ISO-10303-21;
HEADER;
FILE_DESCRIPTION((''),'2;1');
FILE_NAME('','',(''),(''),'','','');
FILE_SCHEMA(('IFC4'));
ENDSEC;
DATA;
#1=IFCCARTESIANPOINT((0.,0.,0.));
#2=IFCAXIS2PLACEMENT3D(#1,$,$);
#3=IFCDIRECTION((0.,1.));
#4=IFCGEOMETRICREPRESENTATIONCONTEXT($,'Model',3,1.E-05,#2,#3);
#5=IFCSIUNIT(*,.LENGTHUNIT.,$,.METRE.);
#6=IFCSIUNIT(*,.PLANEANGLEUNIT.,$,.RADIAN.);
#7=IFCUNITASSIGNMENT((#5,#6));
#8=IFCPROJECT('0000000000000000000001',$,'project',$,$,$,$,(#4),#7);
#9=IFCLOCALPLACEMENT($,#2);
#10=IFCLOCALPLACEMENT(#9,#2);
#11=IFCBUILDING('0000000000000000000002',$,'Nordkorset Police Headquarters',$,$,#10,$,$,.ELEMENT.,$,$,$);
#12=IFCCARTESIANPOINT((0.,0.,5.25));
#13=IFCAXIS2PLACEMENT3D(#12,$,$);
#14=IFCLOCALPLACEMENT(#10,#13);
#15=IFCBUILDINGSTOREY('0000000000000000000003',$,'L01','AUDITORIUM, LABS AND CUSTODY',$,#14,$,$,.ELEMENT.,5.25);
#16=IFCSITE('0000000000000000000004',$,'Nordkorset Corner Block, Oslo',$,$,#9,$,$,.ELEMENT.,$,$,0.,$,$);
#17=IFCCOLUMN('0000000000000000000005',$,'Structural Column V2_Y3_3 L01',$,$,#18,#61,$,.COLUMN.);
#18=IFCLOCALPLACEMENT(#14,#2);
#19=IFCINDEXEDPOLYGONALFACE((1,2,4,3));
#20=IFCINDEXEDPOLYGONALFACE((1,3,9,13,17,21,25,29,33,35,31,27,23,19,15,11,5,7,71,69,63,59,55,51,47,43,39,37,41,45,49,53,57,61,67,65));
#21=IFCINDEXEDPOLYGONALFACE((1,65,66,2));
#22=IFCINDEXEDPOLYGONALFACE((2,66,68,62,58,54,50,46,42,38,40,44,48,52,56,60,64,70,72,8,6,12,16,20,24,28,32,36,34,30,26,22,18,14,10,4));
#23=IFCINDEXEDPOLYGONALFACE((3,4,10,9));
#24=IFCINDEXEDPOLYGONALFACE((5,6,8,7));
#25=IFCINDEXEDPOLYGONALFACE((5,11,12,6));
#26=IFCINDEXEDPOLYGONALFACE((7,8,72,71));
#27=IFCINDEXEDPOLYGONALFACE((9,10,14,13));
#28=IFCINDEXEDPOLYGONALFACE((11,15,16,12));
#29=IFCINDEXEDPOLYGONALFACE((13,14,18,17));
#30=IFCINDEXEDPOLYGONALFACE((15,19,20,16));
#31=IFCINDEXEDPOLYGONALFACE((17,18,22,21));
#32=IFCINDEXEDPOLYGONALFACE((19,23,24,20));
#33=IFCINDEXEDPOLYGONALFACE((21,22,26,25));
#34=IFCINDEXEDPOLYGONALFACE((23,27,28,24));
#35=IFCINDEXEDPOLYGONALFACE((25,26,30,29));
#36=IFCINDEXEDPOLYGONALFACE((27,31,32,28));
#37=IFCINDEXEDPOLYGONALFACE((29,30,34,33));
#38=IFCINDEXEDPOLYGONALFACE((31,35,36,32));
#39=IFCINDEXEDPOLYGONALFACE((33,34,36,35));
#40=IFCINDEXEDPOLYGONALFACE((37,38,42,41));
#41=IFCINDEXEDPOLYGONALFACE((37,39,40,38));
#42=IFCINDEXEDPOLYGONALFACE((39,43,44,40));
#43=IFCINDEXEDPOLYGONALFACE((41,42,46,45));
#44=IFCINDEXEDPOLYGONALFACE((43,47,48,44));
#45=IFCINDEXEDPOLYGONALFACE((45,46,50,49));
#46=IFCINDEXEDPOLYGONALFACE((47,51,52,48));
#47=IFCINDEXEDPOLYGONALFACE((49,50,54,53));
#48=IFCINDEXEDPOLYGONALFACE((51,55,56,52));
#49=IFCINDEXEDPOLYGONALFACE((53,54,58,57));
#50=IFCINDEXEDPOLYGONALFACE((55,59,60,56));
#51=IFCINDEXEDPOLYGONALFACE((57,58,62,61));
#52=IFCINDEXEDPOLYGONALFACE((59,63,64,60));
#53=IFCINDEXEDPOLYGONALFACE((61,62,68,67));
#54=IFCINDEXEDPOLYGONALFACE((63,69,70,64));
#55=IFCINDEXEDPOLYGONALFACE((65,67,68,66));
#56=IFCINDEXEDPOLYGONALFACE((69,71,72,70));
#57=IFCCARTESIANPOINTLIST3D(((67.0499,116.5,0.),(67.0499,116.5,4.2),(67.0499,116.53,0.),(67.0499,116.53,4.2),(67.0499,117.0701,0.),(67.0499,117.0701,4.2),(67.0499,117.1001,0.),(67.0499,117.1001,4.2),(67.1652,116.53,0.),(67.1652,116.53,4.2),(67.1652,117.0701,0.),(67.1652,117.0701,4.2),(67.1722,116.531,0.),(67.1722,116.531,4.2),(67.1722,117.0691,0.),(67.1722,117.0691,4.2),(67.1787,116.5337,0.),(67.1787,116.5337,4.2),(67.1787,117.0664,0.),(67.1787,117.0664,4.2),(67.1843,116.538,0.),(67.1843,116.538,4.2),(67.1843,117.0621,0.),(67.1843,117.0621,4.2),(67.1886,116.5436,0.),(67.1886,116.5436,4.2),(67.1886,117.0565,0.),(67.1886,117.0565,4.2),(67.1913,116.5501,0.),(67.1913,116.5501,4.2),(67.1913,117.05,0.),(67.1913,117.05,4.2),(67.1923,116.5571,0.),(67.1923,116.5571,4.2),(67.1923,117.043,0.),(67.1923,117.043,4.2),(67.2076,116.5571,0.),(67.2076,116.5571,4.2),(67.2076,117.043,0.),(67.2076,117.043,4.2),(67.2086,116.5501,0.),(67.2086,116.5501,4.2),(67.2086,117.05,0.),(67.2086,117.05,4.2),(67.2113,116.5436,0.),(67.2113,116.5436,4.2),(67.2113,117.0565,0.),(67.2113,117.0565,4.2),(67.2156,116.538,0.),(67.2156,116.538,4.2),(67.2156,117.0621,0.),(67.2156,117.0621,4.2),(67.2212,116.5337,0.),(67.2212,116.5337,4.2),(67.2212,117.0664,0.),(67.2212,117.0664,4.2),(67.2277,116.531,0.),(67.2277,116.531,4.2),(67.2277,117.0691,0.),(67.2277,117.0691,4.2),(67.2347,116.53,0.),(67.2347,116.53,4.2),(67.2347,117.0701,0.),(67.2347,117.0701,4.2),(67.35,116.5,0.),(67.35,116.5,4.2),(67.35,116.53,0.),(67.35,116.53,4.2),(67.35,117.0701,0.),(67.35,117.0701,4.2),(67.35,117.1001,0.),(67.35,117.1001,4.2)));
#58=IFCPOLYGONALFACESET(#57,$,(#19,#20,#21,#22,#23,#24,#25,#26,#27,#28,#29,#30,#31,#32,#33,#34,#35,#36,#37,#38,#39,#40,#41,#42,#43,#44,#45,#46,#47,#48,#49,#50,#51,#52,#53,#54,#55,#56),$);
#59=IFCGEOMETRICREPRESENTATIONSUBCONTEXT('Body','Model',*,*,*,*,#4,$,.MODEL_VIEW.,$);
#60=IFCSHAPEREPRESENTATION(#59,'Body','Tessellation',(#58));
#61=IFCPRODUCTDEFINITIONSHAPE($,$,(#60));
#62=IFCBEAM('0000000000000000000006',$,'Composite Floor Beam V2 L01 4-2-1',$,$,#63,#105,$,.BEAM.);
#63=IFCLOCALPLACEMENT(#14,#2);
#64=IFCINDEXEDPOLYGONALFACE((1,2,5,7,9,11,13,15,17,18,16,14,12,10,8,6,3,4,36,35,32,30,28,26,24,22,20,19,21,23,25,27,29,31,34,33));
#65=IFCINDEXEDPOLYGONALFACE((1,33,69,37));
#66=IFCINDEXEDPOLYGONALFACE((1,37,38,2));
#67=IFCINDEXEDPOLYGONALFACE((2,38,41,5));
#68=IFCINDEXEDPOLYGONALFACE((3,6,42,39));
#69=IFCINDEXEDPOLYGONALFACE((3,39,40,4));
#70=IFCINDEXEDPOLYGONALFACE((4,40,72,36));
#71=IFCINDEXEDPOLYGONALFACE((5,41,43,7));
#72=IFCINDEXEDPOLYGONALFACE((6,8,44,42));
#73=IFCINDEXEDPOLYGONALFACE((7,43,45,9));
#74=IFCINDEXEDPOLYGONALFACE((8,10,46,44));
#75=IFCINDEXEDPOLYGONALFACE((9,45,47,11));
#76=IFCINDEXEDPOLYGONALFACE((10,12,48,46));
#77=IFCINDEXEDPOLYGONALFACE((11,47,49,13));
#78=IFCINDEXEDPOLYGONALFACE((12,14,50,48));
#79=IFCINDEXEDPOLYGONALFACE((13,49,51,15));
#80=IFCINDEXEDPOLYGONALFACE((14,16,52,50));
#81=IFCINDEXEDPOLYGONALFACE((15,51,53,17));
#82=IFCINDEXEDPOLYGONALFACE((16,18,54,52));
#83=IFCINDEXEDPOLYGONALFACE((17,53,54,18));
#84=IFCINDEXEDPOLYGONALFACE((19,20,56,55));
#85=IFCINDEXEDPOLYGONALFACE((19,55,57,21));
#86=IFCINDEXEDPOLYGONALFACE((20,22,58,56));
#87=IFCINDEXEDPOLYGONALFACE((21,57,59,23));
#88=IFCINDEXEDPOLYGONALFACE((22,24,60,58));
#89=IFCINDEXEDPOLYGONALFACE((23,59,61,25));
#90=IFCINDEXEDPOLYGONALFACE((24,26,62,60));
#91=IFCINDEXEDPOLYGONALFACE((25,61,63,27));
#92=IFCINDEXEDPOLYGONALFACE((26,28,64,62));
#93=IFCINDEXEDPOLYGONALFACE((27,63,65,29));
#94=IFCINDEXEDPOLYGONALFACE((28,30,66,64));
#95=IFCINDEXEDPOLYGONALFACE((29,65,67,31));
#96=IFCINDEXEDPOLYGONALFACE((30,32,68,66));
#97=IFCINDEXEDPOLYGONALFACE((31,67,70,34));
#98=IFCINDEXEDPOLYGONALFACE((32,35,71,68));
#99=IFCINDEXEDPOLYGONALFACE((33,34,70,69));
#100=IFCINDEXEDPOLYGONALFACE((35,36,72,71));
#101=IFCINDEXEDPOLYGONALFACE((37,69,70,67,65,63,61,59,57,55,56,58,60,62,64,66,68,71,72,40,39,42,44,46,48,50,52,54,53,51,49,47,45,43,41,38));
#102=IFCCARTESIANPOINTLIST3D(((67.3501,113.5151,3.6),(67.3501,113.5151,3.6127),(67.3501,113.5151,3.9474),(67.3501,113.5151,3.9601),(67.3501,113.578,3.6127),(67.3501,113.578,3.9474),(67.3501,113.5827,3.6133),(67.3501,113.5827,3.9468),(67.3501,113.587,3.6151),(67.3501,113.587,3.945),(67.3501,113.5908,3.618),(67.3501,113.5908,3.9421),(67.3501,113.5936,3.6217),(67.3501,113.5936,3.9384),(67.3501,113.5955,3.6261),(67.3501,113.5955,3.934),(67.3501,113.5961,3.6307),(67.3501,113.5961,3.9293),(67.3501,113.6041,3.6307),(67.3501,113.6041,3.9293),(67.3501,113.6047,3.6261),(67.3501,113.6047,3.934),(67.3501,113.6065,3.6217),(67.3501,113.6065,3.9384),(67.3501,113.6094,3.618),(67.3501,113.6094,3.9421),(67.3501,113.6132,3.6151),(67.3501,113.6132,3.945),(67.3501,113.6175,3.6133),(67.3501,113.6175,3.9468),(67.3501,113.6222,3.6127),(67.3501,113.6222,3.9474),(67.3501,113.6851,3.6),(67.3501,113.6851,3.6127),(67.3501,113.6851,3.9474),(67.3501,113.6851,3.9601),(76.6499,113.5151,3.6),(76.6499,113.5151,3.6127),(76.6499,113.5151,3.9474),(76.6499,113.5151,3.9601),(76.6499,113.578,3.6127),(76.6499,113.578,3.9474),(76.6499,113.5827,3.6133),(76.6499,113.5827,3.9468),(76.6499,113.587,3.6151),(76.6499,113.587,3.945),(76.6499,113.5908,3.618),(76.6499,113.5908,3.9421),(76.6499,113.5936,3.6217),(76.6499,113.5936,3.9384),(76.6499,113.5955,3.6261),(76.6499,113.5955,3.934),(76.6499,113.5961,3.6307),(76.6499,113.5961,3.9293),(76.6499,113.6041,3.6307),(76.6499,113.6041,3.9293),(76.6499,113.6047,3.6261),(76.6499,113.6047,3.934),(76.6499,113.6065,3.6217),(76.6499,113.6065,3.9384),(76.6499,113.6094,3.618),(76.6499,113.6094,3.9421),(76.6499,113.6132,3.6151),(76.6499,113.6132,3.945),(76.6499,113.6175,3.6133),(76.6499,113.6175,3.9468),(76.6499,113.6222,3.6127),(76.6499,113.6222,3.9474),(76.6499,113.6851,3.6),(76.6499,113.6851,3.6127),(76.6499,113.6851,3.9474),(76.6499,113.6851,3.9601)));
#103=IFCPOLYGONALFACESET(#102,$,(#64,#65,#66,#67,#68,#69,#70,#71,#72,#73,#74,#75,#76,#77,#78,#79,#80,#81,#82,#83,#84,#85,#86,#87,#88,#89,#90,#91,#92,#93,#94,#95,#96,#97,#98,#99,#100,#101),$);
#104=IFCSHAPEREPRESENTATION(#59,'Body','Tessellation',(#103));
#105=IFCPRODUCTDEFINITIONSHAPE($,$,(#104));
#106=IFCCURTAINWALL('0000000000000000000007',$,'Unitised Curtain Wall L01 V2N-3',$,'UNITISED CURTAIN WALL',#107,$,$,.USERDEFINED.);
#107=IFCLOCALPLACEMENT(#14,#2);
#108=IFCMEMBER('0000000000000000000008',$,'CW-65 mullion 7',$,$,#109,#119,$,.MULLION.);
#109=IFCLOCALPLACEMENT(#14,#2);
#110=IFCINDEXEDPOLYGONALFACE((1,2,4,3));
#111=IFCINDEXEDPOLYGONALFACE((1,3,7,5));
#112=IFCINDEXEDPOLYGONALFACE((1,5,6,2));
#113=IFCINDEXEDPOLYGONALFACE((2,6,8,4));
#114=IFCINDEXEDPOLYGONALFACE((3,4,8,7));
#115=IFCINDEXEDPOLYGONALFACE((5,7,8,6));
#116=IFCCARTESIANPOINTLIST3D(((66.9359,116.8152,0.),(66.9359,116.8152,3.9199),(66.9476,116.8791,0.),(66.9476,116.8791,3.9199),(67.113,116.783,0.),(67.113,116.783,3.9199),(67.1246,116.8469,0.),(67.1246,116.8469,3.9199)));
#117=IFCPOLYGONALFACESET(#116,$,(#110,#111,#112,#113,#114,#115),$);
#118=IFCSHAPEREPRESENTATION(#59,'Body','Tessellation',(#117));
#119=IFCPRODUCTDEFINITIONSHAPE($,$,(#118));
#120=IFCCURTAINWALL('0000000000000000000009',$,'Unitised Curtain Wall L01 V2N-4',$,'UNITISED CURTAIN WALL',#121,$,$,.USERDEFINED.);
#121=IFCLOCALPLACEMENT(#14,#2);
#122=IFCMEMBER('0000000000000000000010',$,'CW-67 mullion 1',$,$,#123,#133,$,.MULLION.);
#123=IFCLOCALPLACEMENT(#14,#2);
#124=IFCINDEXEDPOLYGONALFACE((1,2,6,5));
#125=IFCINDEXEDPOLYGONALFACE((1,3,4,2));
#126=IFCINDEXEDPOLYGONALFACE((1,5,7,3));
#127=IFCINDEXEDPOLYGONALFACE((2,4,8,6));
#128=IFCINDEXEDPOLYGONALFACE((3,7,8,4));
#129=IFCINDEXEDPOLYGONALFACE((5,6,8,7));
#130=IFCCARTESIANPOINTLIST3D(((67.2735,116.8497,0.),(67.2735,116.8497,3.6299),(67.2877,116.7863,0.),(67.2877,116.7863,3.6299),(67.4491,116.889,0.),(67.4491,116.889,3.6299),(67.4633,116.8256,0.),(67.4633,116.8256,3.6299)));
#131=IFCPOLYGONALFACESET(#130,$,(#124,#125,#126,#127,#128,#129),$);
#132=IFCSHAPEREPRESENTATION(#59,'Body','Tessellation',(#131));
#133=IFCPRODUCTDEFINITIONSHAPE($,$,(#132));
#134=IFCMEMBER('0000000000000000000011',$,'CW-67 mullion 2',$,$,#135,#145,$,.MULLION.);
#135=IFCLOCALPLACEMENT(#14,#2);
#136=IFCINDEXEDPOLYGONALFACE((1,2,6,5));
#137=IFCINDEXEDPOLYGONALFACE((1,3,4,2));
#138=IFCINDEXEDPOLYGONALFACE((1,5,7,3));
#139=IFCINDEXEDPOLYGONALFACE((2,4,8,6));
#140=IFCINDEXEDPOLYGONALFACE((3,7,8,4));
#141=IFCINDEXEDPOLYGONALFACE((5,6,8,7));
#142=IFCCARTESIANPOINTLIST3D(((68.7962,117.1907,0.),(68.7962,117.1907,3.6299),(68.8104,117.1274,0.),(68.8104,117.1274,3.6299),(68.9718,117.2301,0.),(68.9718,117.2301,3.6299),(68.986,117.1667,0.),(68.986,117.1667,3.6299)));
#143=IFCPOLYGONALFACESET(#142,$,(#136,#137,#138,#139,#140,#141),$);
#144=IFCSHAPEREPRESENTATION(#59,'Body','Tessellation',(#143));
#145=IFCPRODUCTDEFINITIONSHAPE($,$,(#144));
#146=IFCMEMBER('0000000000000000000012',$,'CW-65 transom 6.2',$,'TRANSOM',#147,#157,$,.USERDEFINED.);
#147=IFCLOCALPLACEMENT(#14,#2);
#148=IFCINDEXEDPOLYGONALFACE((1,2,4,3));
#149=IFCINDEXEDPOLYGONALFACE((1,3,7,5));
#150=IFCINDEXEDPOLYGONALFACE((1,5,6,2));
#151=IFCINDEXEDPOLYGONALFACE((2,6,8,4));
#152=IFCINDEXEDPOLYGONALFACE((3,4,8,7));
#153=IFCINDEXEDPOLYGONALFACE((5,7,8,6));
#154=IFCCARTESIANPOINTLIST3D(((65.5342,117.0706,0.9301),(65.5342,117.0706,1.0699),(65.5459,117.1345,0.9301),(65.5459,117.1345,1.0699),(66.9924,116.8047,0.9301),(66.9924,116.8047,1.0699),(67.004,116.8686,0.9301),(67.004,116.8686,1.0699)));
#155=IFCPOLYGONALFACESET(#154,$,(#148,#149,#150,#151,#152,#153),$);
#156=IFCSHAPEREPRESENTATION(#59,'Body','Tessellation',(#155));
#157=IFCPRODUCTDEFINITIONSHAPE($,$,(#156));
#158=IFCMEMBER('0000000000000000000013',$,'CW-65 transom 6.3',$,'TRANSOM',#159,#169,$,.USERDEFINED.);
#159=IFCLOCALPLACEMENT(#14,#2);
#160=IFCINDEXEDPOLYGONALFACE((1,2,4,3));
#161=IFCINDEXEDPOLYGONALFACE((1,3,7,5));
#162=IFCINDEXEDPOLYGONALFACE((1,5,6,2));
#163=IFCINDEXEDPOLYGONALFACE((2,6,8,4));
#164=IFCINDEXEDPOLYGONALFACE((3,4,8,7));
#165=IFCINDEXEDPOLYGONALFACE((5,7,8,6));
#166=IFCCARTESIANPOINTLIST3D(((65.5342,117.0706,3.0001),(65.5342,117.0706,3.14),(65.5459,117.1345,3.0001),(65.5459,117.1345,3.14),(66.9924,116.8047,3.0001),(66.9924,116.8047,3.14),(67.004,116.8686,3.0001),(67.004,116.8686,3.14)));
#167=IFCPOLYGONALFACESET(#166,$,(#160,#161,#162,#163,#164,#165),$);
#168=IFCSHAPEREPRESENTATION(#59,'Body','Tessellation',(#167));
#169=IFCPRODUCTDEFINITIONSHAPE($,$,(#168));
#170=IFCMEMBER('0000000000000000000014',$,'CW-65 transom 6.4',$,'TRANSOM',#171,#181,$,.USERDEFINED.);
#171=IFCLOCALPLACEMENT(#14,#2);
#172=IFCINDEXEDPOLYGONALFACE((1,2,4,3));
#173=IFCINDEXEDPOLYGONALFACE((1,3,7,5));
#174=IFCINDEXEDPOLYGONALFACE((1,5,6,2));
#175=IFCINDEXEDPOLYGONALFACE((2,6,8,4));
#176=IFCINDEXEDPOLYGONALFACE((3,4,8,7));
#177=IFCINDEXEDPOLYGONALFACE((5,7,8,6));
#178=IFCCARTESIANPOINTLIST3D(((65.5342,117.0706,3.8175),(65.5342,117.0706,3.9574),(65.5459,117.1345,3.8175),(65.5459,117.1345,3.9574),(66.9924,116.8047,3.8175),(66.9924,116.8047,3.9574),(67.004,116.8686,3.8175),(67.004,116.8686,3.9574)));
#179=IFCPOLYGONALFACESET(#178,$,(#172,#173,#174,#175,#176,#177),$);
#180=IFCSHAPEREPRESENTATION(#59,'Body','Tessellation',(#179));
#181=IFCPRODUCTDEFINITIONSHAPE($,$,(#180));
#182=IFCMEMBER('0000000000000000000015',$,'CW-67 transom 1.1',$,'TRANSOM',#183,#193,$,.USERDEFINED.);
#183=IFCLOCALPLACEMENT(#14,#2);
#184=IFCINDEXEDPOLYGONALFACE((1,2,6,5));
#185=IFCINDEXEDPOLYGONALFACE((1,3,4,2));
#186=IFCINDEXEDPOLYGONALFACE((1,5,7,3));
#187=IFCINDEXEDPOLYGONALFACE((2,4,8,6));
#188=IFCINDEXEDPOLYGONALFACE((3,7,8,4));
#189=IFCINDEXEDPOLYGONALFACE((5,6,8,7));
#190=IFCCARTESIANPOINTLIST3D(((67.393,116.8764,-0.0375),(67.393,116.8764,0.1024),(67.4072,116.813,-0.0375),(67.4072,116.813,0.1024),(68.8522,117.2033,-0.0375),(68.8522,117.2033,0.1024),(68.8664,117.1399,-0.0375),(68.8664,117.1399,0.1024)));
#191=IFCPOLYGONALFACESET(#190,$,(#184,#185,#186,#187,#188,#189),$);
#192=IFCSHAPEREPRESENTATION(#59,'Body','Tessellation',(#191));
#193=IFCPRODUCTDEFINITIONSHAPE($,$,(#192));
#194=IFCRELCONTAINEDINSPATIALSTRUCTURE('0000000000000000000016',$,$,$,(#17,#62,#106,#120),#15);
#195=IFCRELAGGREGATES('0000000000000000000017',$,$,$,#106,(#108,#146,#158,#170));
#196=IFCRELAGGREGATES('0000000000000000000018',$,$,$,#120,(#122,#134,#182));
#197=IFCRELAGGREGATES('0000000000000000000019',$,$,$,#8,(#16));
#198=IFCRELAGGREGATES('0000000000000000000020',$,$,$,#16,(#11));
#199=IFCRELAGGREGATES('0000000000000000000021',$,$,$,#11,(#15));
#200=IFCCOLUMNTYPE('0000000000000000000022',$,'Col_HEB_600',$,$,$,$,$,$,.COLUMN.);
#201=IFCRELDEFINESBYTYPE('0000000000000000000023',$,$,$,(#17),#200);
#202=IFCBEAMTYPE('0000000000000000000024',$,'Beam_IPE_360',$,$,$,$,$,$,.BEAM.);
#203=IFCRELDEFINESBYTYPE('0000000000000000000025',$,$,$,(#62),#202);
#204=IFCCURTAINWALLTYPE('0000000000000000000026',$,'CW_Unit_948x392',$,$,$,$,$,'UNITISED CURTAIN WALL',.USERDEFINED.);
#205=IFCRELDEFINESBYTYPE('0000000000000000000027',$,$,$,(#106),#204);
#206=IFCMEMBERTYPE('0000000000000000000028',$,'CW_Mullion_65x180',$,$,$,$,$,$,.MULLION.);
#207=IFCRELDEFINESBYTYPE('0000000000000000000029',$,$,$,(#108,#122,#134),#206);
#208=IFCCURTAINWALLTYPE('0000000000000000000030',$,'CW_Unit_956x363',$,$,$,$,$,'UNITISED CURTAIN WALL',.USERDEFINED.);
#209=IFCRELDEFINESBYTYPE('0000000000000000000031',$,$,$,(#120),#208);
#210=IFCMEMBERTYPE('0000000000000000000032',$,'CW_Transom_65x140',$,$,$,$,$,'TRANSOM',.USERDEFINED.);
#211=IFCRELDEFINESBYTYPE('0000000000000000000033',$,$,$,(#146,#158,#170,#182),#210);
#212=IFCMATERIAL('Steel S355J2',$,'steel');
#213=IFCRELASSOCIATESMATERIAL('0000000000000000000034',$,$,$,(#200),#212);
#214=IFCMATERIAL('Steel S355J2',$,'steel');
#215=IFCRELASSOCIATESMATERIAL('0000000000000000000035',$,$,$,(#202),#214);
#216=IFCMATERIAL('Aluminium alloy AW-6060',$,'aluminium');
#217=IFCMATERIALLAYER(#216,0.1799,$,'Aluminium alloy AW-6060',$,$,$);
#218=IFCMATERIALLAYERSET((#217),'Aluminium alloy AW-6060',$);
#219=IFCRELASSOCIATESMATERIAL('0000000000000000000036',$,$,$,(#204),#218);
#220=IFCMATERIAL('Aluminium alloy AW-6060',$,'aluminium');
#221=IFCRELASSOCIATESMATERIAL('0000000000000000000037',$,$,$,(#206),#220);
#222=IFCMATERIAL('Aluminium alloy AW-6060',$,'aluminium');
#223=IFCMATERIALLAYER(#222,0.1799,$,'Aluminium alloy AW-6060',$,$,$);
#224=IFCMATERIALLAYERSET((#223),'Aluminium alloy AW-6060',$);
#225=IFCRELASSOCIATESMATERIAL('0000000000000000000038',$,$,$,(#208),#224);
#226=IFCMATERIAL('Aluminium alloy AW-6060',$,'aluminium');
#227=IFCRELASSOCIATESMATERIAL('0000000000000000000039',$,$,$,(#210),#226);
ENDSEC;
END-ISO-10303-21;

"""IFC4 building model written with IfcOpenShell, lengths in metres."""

from ifc_helpers import new_model, si_unit, direction, frame, origin, origin_2d, place, context, subcontext, project, spatial, rectangle, i_section, extrude, material, layer, layer_set, material_profile, profile_set, type_object, element, aggregate, save


model = new_model("IFC4")

# Units and contexts
model_context = context("Model", 3, precision=1e-05, world=origin(), true_north=direction((0.0, 1.0)))
body_context = subcontext(model_context, "Body", "Model", "MODEL_VIEW")
ifc_project = project(units=[si_unit("LENGTHUNIT", "METRE"), si_unit("PLANEANGLEUNIT", "RADIAN")], contexts=[model_context])

# Site, building, storey
site_placement = place(None, origin())
site = spatial("IfcSite", under=ifc_project, at=site_placement, Name="Nordkorset Corner Block, Oslo", CompositionType="ELEMENT", RefElevation=0.0)
building_placement = place(site_placement, origin())
building = spatial("IfcBuilding", under=site, at=building_placement, Name="Nordkorset Police Headquarters", CompositionType="ELEMENT")
storey_placement = place(building_placement, frame((0.0, 0.0, 5.25)))
storey = spatial("IfcBuildingStorey", under=building, at=storey_placement, Name="L01", Description="AUDITORIUM, LABS AND CUSTODY", CompositionType="ELEMENT", Elevation=5.25)

# Column
ifc_material_1 = material(Name="Steel S355J2", Category="steel")
ifc_material_profile_1 = material_profile(ifc_material_1, i_section(OverallWidth=0.3, OverallDepth=0.6001, WebThickness=0.0154, FlangeThickness=0.03, FilletRadius=0.0271, at=origin_2d()), Name="HEB 600")
ifc_profile_set_1 = profile_set([ifc_material_profile_1], Name="Steel S355J2")
column_type = type_object("IfcColumnType", Name="Col_HEB_600", PredefinedType="COLUMN", material=ifc_profile_set_1)
column_placement = place(storey_placement, frame((67.2, 116.8, 0.0), z_axis=(0.0, 0.0, 1.0), x_axis=(1.0, 0.0, 0.0)))
element("IfcColumn", 1, at=column_placement, inside=storey, type_object=column_type, Name="Structural Column V2_Y3_3 L01", PredefinedType="COLUMN", context=body_context, shape_type="SweptSolid", body=[
    extrude(i_section(OverallWidth=0.3, OverallDepth=0.6001, WebThickness=0.0154, FlangeThickness=0.03, FilletRadius=0.0271, at=origin_2d()), origin(), (0.0, 0.0, 1.0), 4.2),
])

# Beam
ifc_material_2 = material(Name="Steel S355J2", Category="steel")
ifc_material_profile_2 = material_profile(ifc_material_2, i_section(OverallWidth=0.1699, OverallDepth=0.3601, WebThickness=0.0081, FlangeThickness=0.0127, FilletRadius=0.0181, at=origin_2d()), Name="IPE 360")
ifc_profile_set_2 = profile_set([ifc_material_profile_2], Name="Steel S355J2")
beam_type_1 = type_object("IfcBeamType", Name="Beam_IPE_360", PredefinedType="BEAM", material=ifc_profile_set_2)
beam_1_placement = place(storey_placement, frame((67.3501, 113.6001, 3.78), z_axis=(1.0, 0.0, 0.0), x_axis=(0.0, 1.0, 0.0)))
element("IfcBeam", 2, at=beam_1_placement, inside=storey, type_object=beam_type_1, Name="Composite Floor Beam V2 L01 4-2-1", PredefinedType="BEAM", context=body_context, shape_type="SweptSolid", body=[
    extrude(i_section(OverallWidth=0.1699, OverallDepth=0.3601, WebThickness=0.0081, FlangeThickness=0.0127, FilletRadius=0.0181, at=origin_2d()), origin(), (0.0, 0.0, 1.0), 9.2998),
])

# Curtain wall, member
ifc_material_3 = material(Name="Aluminium alloy AW-6060", Category="aluminium")
ifc_layer_1 = layer(ifc_material_3, 0.1799, Name="Aluminium alloy AW-6060")
ifc_layer_set_1 = layer_set([ifc_layer_1], Name="Aluminium alloy AW-6060")
curtain_wall_type_1 = type_object("IfcCurtainWallType", Name="CW_Unit_948x392", ElementType="UNITISED CURTAIN WALL", PredefinedType="USERDEFINED", material=ifc_layer_set_1)
curtain_wall_1_placement = place(storey_placement, origin())
curtain_wall_1 = element("IfcCurtainWall", 3, at=curtain_wall_1_placement, inside=storey, type_object=curtain_wall_type_1, Name="Unitised Curtain Wall L01 V2N-3", ObjectType="UNITISED CURTAIN WALL", PredefinedType="USERDEFINED")
ifc_material_4 = material(Name="Aluminium alloy AW-6060", Category="aluminium")
ifc_material_profile_3 = material_profile(ifc_material_4, rectangle(XDim=0.0649, YDim=0.1799, at=origin_2d()), Name="ALU MULL 65x180")
ifc_profile_set_3 = profile_set([ifc_material_profile_3], Name="Aluminium alloy AW-6060")
member_type_1 = type_object("IfcMemberType", Name="CW_Mullion_65x180", PredefinedType="MULLION", material=ifc_profile_set_3)
member_1_placement = place(storey_placement, frame((67.0303, 116.8311, 0.0), z_axis=(0.0, 0.0, 1.0), x_axis=(0.179336, 0.983788, 0.0)))
member_1 = element("IfcMember", 4, at=member_1_placement, type_object=member_type_1, Name="CW-65 mullion 7", PredefinedType="MULLION", context=body_context, shape_type="SweptSolid", body=[
    extrude(rectangle(XDim=0.0649, YDim=0.1799, at=origin_2d()), origin(), (0.0, 0.0, 1.0), 3.9199),
])

# Curtain wall, members
ifc_material_5 = material(Name="Aluminium alloy AW-6060", Category="aluminium")
ifc_layer_2 = layer(ifc_material_5, 0.1799, Name="Aluminium alloy AW-6060")
ifc_layer_set_2 = layer_set([ifc_layer_2], Name="Aluminium alloy AW-6060")
curtain_wall_type_2 = type_object("IfcCurtainWallType", Name="CW_Unit_956x363", ElementType="UNITISED CURTAIN WALL", PredefinedType="USERDEFINED", material=ifc_layer_set_2)
curtain_wall_2_placement = place(storey_placement, origin())
curtain_wall_2 = element("IfcCurtainWall", 5, at=curtain_wall_2_placement, inside=storey, type_object=curtain_wall_type_2, Name="Unitised Curtain Wall L01 V2N-4", ObjectType="UNITISED CURTAIN WALL", PredefinedType="USERDEFINED")
member_2_placement = place(storey_placement, frame((67.3684, 116.8376, 0.0), z_axis=(0.0, 0.0, 1.0), x_axis=(-0.218544, 0.975827, 0.0)))
member_2 = element("IfcMember", 6, at=member_2_placement, type_object=member_type_1, Name="CW-67 mullion 1", PredefinedType="MULLION", context=body_context, shape_type="SweptSolid", body=[
    extrude(rectangle(XDim=0.0649, YDim=0.1799, at=origin_2d()), origin(), (0.0, 0.0, 1.0), 3.6299),
])
member_3_placement = place(storey_placement, frame((68.8911, 117.1787, 0.0), z_axis=(0.0, 0.0, 1.0), x_axis=(-0.218544, 0.975827, 0.0)))
member_3 = element("IfcMember", 7, at=member_3_placement, type_object=member_type_1, Name="CW-67 mullion 2", PredefinedType="MULLION", context=body_context, shape_type="SweptSolid", body=[
    extrude(rectangle(XDim=0.0649, YDim=0.1799, at=origin_2d()), origin(), (0.0, 0.0, 1.0), 3.6299),
])

# Members
ifc_material_6 = material(Name="Aluminium alloy AW-6060", Category="aluminium")
ifc_material_profile_4 = material_profile(ifc_material_6, rectangle(XDim=0.0649, YDim=0.1399, at=origin_2d()), Name="ALU TRAN 65x140")
ifc_profile_set_4 = profile_set([ifc_material_profile_4], Name="Aluminium alloy AW-6060")
member_type_2 = type_object("IfcMemberType", Name="CW_Transom_65x140", ElementType="TRANSOM", PredefinedType="USERDEFINED", material=ifc_profile_set_4)
member_4_placement = place(storey_placement, frame((65.54, 117.1025, 1.0), z_axis=(0.983783, -0.179364, 0.0), x_axis=(0.179364, 0.983783, 0.0)))
member_4 = element("IfcMember", 8, at=member_4_placement, type_object=member_type_2, Name="CW-65 transom 6.2", ObjectType="TRANSOM", PredefinedType="USERDEFINED", context=body_context, shape_type="SweptSolid", body=[
    extrude(rectangle(XDim=0.0649, YDim=0.1399, at=origin_2d()), origin(), (0.0, 0.0, 1.0), 1.4822),
])
member_5_placement = place(storey_placement, frame((65.54, 117.1025, 3.0701), z_axis=(0.983783, -0.179364, 0.0), x_axis=(0.179364, 0.983783, 0.0)))
member_5 = element("IfcMember", 9, at=member_5_placement, type_object=member_type_2, Name="CW-65 transom 6.3", ObjectType="TRANSOM", PredefinedType="USERDEFINED", context=body_context, shape_type="SweptSolid", body=[
    extrude(rectangle(XDim=0.0649, YDim=0.1399, at=origin_2d()), origin(), (0.0, 0.0, 1.0), 1.4822),
])
member_6_placement = place(storey_placement, frame((65.54, 117.1025, 3.8875), z_axis=(0.983783, -0.179364, 0.0), x_axis=(0.179364, 0.983783, 0.0)))
member_6 = element("IfcMember", 10, at=member_6_placement, type_object=member_type_2, Name="CW-65 transom 6.4", ObjectType="TRANSOM", PredefinedType="USERDEFINED", context=body_context, shape_type="SweptSolid", body=[
    extrude(rectangle(XDim=0.0649, YDim=0.1399, at=origin_2d()), origin(), (0.0, 0.0, 1.0), 1.4822),
])
member_7_placement = place(storey_placement, frame((67.4001, 116.8447, 0.0325), z_axis=(0.975813, 0.218607, 0.0), x_axis=(-0.218607, 0.975813, 0.0)))
member_7 = element("IfcMember", 11, at=member_7_placement, type_object=member_type_2, Name="CW-67 transom 1.1", ObjectType="TRANSOM", PredefinedType="USERDEFINED", context=body_context, shape_type="SweptSolid", body=[
    extrude(rectangle(XDim=0.0649, YDim=0.1399, at=origin_2d()), origin(), (0.0, 0.0, 1.0), 1.4954),
])

aggregate(curtain_wall_1, [member_1, member_4, member_5, member_6])
aggregate(curtain_wall_2, [member_2, member_3, member_7])

save(model, "model.ifc")
